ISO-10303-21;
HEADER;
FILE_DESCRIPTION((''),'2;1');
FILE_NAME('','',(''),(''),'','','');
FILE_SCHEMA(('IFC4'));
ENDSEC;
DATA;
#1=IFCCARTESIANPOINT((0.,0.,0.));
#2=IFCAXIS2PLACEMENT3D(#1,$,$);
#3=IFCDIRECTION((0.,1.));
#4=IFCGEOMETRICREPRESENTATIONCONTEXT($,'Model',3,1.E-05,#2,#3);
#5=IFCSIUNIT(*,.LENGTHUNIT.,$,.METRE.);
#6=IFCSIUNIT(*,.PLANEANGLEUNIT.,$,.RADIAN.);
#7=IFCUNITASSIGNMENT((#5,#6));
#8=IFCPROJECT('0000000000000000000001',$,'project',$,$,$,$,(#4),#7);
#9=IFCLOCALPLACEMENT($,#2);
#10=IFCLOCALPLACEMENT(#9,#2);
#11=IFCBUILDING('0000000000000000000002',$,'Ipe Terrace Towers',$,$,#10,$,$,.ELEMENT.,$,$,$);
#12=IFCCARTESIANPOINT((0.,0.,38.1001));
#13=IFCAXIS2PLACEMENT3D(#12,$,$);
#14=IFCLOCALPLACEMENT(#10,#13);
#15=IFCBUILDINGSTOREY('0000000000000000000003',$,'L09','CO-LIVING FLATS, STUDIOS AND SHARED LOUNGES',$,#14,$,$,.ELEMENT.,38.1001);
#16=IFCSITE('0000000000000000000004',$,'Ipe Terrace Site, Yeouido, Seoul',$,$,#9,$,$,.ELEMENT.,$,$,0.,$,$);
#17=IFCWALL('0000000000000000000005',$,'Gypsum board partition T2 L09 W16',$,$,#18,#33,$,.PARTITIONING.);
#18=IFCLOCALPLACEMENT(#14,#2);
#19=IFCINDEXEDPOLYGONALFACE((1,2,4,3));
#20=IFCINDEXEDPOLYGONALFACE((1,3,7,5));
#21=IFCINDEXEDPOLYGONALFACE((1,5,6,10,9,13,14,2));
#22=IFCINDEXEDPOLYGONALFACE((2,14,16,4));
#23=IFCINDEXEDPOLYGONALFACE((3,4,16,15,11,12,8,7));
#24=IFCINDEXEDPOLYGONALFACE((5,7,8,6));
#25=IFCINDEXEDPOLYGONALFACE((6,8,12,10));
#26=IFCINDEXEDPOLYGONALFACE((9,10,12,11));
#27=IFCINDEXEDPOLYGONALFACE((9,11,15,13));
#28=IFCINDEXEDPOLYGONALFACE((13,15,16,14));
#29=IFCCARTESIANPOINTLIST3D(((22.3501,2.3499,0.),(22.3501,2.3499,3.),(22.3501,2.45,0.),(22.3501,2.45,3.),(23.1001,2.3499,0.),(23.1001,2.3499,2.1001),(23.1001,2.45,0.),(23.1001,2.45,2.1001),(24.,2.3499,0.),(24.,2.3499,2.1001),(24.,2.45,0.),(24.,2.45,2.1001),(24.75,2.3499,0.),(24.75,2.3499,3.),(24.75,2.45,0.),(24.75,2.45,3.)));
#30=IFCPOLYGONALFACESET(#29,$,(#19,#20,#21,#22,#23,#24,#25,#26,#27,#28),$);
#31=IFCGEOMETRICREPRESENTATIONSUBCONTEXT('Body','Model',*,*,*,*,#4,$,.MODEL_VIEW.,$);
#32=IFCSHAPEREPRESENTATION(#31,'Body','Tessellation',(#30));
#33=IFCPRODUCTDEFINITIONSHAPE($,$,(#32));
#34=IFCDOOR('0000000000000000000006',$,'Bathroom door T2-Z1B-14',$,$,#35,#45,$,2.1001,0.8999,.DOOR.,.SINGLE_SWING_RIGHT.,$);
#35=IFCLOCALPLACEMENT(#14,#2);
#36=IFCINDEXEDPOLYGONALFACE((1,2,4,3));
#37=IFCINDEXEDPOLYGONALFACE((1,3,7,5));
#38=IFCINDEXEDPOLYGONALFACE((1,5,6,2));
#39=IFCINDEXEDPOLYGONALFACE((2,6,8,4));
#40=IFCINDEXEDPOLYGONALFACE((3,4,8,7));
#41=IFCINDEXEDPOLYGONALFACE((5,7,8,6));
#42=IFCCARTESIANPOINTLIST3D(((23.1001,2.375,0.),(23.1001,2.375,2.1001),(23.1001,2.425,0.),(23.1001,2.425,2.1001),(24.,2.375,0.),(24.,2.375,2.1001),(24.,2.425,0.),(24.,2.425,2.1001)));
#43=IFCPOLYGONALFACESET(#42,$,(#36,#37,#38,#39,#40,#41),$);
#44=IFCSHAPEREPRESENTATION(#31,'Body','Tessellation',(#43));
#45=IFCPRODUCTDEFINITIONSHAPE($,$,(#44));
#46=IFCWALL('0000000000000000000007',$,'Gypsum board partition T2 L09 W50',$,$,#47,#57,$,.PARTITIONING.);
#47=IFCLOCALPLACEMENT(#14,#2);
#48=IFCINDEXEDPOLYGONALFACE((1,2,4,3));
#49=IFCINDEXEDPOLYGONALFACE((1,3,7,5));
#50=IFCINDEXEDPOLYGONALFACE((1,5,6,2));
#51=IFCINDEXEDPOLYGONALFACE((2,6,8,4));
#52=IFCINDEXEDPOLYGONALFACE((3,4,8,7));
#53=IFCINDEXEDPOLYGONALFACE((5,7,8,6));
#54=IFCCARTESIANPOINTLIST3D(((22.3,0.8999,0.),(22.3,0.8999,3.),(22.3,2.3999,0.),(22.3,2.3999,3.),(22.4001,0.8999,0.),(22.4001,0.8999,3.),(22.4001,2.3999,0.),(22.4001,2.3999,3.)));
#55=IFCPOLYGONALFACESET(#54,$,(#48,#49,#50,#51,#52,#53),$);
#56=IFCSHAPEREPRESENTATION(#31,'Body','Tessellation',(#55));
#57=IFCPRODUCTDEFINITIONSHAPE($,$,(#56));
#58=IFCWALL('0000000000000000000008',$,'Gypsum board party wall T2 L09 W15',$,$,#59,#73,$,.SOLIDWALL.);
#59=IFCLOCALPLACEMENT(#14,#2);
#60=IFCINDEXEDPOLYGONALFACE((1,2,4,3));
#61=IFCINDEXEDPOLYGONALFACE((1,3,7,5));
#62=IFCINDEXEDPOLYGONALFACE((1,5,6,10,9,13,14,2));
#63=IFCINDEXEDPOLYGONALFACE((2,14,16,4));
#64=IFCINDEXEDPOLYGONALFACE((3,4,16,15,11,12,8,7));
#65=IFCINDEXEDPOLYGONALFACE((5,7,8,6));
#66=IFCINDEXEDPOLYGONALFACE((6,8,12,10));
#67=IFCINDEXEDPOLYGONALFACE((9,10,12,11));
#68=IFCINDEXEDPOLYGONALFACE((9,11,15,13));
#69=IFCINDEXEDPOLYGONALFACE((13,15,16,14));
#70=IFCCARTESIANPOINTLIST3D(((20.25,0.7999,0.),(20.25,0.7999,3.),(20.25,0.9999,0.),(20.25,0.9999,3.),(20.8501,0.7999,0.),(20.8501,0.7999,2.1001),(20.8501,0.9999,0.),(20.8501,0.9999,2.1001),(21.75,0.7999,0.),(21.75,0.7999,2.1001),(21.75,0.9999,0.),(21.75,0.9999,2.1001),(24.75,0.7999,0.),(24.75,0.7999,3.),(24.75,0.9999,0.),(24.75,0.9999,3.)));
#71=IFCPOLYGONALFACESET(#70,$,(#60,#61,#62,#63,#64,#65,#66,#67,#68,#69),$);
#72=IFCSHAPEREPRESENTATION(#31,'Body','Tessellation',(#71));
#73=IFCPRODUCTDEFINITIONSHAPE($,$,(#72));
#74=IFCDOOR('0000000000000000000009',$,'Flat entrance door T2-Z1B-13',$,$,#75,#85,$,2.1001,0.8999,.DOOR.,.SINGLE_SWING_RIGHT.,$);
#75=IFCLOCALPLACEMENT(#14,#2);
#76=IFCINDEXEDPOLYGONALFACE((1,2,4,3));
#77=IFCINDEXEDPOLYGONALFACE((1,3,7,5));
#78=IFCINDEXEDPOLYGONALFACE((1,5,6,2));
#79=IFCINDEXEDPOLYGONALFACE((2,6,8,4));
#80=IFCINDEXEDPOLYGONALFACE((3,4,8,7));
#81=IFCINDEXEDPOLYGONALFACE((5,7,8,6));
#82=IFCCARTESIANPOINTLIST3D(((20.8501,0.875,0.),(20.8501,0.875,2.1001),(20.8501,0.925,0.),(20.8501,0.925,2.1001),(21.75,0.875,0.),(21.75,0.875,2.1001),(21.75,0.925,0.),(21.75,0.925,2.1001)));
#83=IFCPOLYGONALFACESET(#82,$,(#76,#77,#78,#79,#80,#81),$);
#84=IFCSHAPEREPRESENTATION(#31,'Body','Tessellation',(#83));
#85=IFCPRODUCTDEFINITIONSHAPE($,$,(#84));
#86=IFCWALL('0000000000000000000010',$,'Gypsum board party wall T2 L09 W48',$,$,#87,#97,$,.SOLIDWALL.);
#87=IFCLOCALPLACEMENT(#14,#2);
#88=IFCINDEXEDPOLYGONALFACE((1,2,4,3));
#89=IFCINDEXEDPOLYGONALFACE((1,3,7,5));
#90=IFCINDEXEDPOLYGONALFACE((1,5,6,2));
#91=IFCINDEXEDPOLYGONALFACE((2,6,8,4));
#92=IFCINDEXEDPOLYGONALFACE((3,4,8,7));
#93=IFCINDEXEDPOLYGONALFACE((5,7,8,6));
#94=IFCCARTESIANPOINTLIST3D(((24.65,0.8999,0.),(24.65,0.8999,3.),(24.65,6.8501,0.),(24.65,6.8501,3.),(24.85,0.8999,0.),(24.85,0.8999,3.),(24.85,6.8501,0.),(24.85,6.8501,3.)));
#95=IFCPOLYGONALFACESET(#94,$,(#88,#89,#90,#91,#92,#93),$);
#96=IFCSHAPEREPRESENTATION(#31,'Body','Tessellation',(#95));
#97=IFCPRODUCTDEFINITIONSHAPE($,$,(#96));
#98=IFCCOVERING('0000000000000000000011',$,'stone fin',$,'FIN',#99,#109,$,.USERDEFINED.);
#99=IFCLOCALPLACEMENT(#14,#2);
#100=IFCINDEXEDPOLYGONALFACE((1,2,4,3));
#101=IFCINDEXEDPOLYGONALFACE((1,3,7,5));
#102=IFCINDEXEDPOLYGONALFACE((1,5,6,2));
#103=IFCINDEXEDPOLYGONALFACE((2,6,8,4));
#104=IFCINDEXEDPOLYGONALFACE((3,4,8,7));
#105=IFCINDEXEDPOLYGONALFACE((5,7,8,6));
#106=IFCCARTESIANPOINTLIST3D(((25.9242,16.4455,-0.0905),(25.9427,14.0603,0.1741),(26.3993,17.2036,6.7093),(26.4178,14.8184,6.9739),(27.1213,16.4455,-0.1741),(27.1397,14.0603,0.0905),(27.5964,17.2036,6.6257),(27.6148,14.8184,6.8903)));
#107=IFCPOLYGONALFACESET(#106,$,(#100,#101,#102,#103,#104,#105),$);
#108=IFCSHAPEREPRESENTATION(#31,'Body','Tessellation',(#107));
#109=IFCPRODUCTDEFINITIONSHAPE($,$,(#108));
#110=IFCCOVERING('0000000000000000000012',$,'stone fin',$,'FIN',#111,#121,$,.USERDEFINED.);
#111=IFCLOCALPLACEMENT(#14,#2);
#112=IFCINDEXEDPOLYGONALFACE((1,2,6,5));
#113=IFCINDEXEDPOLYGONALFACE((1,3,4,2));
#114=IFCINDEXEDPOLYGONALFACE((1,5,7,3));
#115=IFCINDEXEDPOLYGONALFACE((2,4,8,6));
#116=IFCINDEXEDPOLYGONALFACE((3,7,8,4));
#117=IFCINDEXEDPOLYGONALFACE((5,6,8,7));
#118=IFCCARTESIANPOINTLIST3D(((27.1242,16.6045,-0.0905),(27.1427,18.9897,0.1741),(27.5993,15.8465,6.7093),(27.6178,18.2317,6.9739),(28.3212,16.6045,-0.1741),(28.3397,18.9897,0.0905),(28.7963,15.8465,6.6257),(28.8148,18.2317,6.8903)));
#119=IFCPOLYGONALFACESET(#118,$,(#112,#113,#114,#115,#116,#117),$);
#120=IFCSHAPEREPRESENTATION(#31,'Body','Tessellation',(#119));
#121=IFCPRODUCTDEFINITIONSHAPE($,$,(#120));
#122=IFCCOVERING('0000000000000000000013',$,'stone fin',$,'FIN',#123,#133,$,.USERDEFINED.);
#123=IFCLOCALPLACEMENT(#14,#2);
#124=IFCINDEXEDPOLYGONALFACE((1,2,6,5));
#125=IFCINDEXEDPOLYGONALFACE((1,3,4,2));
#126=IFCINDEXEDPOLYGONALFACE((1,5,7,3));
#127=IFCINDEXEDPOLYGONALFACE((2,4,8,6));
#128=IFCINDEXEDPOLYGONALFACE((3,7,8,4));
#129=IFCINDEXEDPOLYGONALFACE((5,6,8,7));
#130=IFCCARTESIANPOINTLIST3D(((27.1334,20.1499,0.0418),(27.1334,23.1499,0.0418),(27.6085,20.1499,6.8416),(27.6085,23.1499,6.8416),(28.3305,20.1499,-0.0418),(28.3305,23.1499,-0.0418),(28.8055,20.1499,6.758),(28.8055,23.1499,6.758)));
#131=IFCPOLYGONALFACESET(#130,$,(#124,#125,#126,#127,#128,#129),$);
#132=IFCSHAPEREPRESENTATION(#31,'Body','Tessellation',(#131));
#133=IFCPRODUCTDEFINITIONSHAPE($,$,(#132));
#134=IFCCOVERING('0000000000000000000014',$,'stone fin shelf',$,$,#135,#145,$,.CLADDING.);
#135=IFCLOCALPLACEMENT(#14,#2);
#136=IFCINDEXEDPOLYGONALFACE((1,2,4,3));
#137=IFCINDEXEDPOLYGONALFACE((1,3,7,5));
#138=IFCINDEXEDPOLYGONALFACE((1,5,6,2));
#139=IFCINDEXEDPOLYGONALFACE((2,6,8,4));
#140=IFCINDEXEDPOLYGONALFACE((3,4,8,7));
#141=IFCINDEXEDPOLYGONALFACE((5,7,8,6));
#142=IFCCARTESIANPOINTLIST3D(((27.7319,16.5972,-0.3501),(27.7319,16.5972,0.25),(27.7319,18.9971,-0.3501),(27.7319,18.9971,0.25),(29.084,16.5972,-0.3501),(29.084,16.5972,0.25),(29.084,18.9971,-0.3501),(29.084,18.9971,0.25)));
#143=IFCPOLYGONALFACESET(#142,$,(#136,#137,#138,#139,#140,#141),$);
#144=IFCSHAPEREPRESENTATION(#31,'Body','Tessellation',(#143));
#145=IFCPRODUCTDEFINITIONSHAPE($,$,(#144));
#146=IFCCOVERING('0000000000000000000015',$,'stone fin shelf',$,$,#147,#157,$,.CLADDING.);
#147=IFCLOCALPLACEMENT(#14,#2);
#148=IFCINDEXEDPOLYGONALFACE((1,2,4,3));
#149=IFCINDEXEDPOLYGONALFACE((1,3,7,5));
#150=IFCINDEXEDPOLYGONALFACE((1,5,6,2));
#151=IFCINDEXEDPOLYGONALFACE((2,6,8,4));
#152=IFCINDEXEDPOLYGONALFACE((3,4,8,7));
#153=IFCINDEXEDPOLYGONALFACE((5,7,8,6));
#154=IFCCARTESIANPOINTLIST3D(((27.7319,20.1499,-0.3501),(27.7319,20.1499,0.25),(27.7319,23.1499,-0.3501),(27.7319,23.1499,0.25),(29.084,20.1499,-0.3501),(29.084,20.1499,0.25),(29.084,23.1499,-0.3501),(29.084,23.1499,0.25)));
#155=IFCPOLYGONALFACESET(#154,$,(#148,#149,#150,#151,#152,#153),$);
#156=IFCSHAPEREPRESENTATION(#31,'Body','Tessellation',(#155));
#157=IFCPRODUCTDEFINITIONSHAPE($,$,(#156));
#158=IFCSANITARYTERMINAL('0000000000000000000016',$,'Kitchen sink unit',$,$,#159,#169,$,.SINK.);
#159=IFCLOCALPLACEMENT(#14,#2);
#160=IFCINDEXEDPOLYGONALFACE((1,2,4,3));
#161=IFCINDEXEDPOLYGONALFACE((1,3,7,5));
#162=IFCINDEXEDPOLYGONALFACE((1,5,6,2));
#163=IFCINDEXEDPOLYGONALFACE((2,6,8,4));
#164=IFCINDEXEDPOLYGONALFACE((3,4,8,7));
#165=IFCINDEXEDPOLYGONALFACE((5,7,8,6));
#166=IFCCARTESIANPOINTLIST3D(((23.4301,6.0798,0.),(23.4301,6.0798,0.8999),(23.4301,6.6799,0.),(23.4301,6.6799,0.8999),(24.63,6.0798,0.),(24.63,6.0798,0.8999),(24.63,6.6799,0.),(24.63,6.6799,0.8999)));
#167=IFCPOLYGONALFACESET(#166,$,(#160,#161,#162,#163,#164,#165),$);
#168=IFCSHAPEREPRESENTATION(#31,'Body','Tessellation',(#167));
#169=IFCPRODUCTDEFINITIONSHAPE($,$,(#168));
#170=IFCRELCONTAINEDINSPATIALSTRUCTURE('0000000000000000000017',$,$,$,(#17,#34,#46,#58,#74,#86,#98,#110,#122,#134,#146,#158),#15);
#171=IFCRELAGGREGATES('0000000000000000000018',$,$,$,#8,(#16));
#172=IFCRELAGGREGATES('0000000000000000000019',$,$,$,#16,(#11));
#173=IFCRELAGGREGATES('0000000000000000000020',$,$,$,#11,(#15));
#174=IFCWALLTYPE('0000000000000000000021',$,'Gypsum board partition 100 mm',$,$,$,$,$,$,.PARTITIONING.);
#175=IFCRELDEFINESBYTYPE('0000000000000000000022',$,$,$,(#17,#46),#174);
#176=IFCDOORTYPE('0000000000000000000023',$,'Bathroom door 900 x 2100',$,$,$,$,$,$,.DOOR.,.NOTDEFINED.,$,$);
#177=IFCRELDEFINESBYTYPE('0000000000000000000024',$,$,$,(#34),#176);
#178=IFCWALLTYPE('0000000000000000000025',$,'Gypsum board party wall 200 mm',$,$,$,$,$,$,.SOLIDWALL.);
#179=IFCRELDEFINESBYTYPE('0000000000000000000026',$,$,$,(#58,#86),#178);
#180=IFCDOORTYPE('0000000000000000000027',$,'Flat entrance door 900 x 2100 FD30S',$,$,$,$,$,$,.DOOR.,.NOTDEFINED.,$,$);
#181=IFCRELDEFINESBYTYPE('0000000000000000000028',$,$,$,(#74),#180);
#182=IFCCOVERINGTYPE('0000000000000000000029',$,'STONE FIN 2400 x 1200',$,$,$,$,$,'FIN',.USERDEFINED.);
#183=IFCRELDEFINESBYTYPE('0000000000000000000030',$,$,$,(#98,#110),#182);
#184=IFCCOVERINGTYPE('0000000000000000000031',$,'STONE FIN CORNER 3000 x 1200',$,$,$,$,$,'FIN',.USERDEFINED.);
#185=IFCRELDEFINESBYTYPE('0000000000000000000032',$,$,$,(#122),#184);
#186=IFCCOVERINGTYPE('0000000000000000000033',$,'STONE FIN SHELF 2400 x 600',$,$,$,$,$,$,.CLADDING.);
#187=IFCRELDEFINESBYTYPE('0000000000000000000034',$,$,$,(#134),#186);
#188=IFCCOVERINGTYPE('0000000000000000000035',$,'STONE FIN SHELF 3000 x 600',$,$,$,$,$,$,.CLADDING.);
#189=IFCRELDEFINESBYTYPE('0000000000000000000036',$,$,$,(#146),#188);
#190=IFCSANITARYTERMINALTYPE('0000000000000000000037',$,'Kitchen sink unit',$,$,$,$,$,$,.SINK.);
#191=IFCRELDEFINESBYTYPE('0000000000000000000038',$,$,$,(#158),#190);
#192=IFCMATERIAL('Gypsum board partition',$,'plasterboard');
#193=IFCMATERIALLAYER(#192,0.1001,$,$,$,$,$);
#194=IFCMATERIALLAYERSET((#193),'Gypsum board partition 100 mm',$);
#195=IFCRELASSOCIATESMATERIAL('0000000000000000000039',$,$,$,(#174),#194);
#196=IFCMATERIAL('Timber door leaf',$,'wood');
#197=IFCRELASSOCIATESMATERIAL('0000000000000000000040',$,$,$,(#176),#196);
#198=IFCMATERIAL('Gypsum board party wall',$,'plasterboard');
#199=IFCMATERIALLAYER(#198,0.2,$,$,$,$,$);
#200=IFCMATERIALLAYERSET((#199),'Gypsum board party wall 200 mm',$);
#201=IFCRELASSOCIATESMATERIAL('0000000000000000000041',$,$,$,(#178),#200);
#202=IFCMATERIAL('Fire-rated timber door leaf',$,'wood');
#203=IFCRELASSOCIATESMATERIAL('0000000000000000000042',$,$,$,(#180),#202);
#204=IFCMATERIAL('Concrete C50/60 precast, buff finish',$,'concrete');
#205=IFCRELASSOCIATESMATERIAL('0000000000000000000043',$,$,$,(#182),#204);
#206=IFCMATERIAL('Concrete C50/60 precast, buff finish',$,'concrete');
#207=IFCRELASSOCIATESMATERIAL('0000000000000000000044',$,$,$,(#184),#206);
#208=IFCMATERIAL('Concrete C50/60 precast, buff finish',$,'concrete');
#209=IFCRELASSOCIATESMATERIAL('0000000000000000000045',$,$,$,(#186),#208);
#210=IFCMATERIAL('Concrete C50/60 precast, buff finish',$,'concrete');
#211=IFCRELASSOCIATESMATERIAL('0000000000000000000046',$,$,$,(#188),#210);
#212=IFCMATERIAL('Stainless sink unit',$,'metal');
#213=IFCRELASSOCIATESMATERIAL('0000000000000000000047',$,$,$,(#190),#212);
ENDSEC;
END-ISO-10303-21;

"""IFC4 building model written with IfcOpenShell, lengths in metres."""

from ifc_helpers import new_model, si_unit, direction, frame, frame_2d, origin, origin_2d, place, context, subcontext, project, spatial, rectangle, extrude, material, layer, layer_set, material_profile, profile_set, type_object, element, fill, save


model = new_model("IFC4")

# Units and contexts
model_context = context("Model", 3, precision=1e-05, world=origin(), true_north=direction((0.0, 1.0)))
body_context = subcontext(model_context, "Body", "Model", "MODEL_VIEW")
ifc_project = project(units=[si_unit("LENGTHUNIT", "METRE"), si_unit("PLANEANGLEUNIT", "RADIAN")], contexts=[model_context])

# Site, building, storey
site_placement = place(None, origin())
site = spatial("IfcSite", under=ifc_project, at=site_placement, Name="Ipe Terrace Site, Yeouido, Seoul", CompositionType="ELEMENT", RefElevation=0.0)
building_placement = place(site_placement, origin())
building = spatial("IfcBuilding", under=site, at=building_placement, Name="Ipe Terrace Towers", CompositionType="ELEMENT")
storey_placement = place(building_placement, frame((0.0, 0.0, 38.1001)))
storey = spatial("IfcBuildingStorey", under=building, at=storey_placement, Name="L09", Description="CO-LIVING FLATS, STUDIOS AND SHARED LOUNGES", CompositionType="ELEMENT", Elevation=38.1001)

# Wall, opening, door
ifc_material_1 = material(Name="Gypsum board partition", Category="plasterboard")
ifc_layer_1 = layer(ifc_material_1, 0.1001)
ifc_layer_set_1 = layer_set([ifc_layer_1], Name="Gypsum board partition 100 mm")
wall_type_1 = type_object("IfcWallType", Name="Gypsum board partition 100 mm", PredefinedType="PARTITIONING", material=ifc_layer_set_1)
wall_1_placement = place(storey_placement, frame((24.75, 2.3999, 0.0), z_axis=(0.0, 0.0, 1.0), x_axis=(-1.0, 0.0, 0.0)))
wall_1 = element("IfcWall", 1, at=wall_1_placement, inside=storey, type_object=wall_type_1, Name="Gypsum board partition T2 L09 W16", PredefinedType="PARTITIONING", context=body_context, shape_type="SweptSolid", body=[
    extrude(rectangle(XDim=2.3999, YDim=0.1001, at=frame_2d((1.2, 0.0))), origin(), (0.0, 0.0, 1.0), 3.0),
])
opening_1_placement = place(wall_1_placement, frame((0.75, 0.0, 0.0)))
opening_1 = element("IfcOpeningElement", 2, at=opening_1_placement, cuts=wall_1, PredefinedType="OPENING", context=body_context, shape_type="SweptSolid", body=[
    extrude(rectangle(XDim=0.8999, YDim=2.1001, at=frame_2d((0.45, 1.05))), frame((0.0, 0.0601, 0.0), z_axis=(0.0, -1.0, 0.0), x_axis=(1.0, 0.0, 0.0)), (0.0, 0.0, 1.0), 0.1201),
])
ifc_material_2 = material(Name="Timber door leaf", Category="wood")
door_type_1 = type_object("IfcDoorType", Name="Bathroom door 900 x 2100", OperationType="NOTDEFINED", PredefinedType="DOOR", material=ifc_material_2)
door_1_placement = place(opening_1_placement, origin())
door_1 = element("IfcDoor", 3, at=door_1_placement, inside=storey, type_object=door_type_1, Name="Bathroom door T2-Z1B-14", OperationType="SINGLE_SWING_RIGHT", OverallHeight=2.1001, OverallWidth=0.8999, PredefinedType="DOOR", context=body_context, shape_type="SweptSolid", body=[
    extrude(rectangle(XDim=0.8999, YDim=2.1001, at=frame_2d((0.45, 1.05))), frame((0.0, 0.0249, 0.0), z_axis=(0.0, -1.0, 0.0), x_axis=(1.0, 0.0, 0.0)), (0.0, 0.0, 1.0), 0.05),
])
fill(opening_1, door_1)

# Wall
wall_2_placement = place(storey_placement, frame((22.3501, 0.8999, 0.0), z_axis=(0.0, 0.0, 1.0), x_axis=(0.0, 1.0, 0.0)))
element("IfcWall", 4, at=wall_2_placement, inside=storey, type_object=wall_type_1, Name="Gypsum board partition T2 L09 W50", PredefinedType="PARTITIONING", context=body_context, shape_type="SweptSolid", body=[
    extrude(rectangle(XDim=1.5, YDim=0.1001, at=frame_2d((0.75, 0.0))), origin(), (0.0, 0.0, 1.0), 3.0),
])

# Wall, opening, door
ifc_material_3 = material(Name="Gypsum board party wall", Category="plasterboard")
ifc_layer_2 = layer(ifc_material_3, 0.2)
ifc_layer_set_2 = layer_set([ifc_layer_2], Name="Gypsum board party wall 200 mm")
wall_type_2 = type_object("IfcWallType", Name="Gypsum board party wall 200 mm", PredefinedType="SOLIDWALL", material=ifc_layer_set_2)
wall_3_placement = place(storey_placement, frame((24.75, 0.8999, 0.0), z_axis=(0.0, 0.0, 1.0), x_axis=(-1.0, 0.0, 0.0)))
wall_3 = element("IfcWall", 5, at=wall_3_placement, inside=storey, type_object=wall_type_2, Name="Gypsum board party wall T2 L09 W15", PredefinedType="SOLIDWALL", context=body_context, shape_type="SweptSolid", body=[
    extrude(rectangle(XDim=4.5, YDim=0.2, at=frame_2d((2.25, 0.0))), origin(), (0.0, 0.0, 1.0), 3.0),
])
opening_2_placement = place(wall_3_placement, frame((3.0, 0.0, 0.0)))
opening_2 = element("IfcOpeningElement", 6, at=opening_2_placement, cuts=wall_3, PredefinedType="OPENING", context=body_context, shape_type="SweptSolid", body=[
    extrude(rectangle(XDim=0.8999, YDim=2.1001, at=frame_2d((0.45, 1.05))), frame((0.0, 0.1099, 0.0), z_axis=(0.0, -1.0, 0.0), x_axis=(1.0, 0.0, 0.0)), (0.0, 0.0, 1.0), 0.22),
])
ifc_material_4 = material(Name="Fire-rated timber door leaf", Category="wood")
door_type_2 = type_object("IfcDoorType", Name="Flat entrance door 900 x 2100 FD30S", OperationType="NOTDEFINED", PredefinedType="DOOR", material=ifc_material_4)
door_2_placement = place(opening_2_placement, origin())
door_2 = element("IfcDoor", 7, at=door_2_placement, inside=storey, type_object=door_type_2, Name="Flat entrance door T2-Z1B-13", OperationType="SINGLE_SWING_RIGHT", OverallHeight=2.1001, OverallWidth=0.8999, PredefinedType="DOOR", context=body_context, shape_type="SweptSolid", body=[
    extrude(rectangle(XDim=0.8999, YDim=2.1001, at=frame_2d((0.45, 1.05))), frame((0.0, 0.0249, 0.0), z_axis=(0.0, -1.0, 0.0), x_axis=(1.0, 0.0, 0.0)), (0.0, 0.0, 1.0), 0.05),
])
fill(opening_2, door_2)

# Wall
wall_4_placement = place(storey_placement, frame((24.75, 0.8999, 0.0), z_axis=(0.0, 0.0, 1.0), x_axis=(0.0, 1.0, 0.0)))
element("IfcWall", 8, at=wall_4_placement, inside=storey, type_object=wall_type_2, Name="Gypsum board party wall T2 L09 W48", PredefinedType="SOLIDWALL", context=body_context, shape_type="SweptSolid", body=[
    extrude(rectangle(XDim=5.9502, YDim=0.2, at=frame_2d((2.9751, 0.0))), origin(), (0.0, 0.0, 1.0), 3.0),
])

# Coverings
ifc_material_5 = material(Name="Concrete C50/60 precast, buff finish", Category="concrete")
ifc_material_profile_1 = material_profile(ifc_material_5, rectangle(XDim=2.3999, YDim=1.2, at=origin_2d()), Name="STONE FIN 2400 x 1200")
ifc_profile_set_1 = profile_set([ifc_material_profile_1], Name="Concrete C50/60 precast, buff finish")
covering_type_1 = type_object("IfcCoveringType", Name="STONE FIN 2400 x 1200", ElementType="FIN", PredefinedType="USERDEFINED", material=ifc_profile_set_1)
for number, where, z_axis, x_axis, name in (
    (9, (26.532, 15.2529, 0.0), (0.069272, 0.11053, 0.991456), (0.007704, -0.993873, 0.110261), "stone fin"),
    (10, (27.7319, 17.7971, 0.0), (0.069272, -0.11053, 0.991456), (-0.007704, -0.993873, -0.110261), "stone fin"),
):
    element("IfcCovering", number, at=place(storey_placement, frame(where, z_axis=z_axis, x_axis=x_axis)), inside=storey, type_object=covering_type_1, Name=name, ObjectType="FIN", PredefinedType="USERDEFINED", context=body_context, shape_type="SweptSolid", body=[
        extrude(rectangle(XDim=2.3999, YDim=1.2, at=origin_2d()), origin(), (0.0, 0.0, 1.0), 6.8584),
    ])
ifc_material_6 = material(Name="Concrete C50/60 precast, buff finish", Category="concrete")
ifc_material_profile_2 = material_profile(ifc_material_6, rectangle(XDim=3.0, YDim=1.2, at=origin_2d()), Name="STONE FIN CORNER 3000 x 1200")
ifc_profile_set_2 = profile_set([ifc_material_profile_2], Name="Concrete C50/60 precast, buff finish")
covering_type_2 = type_object("IfcCoveringType", Name="STONE FIN CORNER 3000 x 1200", ElementType="FIN", PredefinedType="USERDEFINED", material=ifc_profile_set_2)
covering_1_placement = place(storey_placement, frame((27.7319, 21.6499, 0.0), z_axis=(0.069699, 0.0, 0.997568), x_axis=(0.0, -1.0, 0.0)))
element("IfcCovering", 11, at=covering_1_placement, inside=storey, type_object=covering_type_2, Name="stone fin", ObjectType="FIN", PredefinedType="USERDEFINED", context=body_context, shape_type="SweptSolid", body=[
    extrude(rectangle(XDim=3.0, YDim=1.2, at=origin_2d()), origin(), (0.0, 0.0, 1.0), 6.8164),
])
ifc_material_7 = material(Name="Concrete C50/60 precast, buff finish", Category="concrete")
covering_type_3 = type_object("IfcCoveringType", Name="STONE FIN SHELF 2400 x 600", PredefinedType="CLADDING", material=ifc_material_7)
covering_2_placement = place(storey_placement, frame((28.408, 17.7971, -0.3501), z_axis=(0.0, 0.0, 1.0), x_axis=(0.0, -1.0, 0.0)))
element("IfcCovering", 12, at=covering_2_placement, inside=storey, type_object=covering_type_3, Name="stone fin shelf", PredefinedType="CLADDING", context=body_context, shape_type="SweptSolid", body=[
    extrude(rectangle(XDim=2.3999, YDim=1.3521, at=origin_2d()), origin(), (0.0, 0.0, 1.0), 0.6001),
])
ifc_material_8 = material(Name="Concrete C50/60 precast, buff finish", Category="concrete")
covering_type_4 = type_object("IfcCoveringType", Name="STONE FIN SHELF 3000 x 600", PredefinedType="CLADDING", material=ifc_material_8)
covering_3_placement = place(storey_placement, frame((28.408, 21.6499, -0.3501), z_axis=(0.0, 0.0, 1.0), x_axis=(0.0, -1.0, 0.0)))
element("IfcCovering", 13, at=covering_3_placement, inside=storey, type_object=covering_type_4, Name="stone fin shelf", PredefinedType="CLADDING", context=body_context, shape_type="SweptSolid", body=[
    extrude(rectangle(XDim=3.0, YDim=1.3521, at=origin_2d()), origin(), (0.0, 0.0, 1.0), 0.6001),
])

# Sanitary terminal
ifc_material_9 = material(Name="Stainless sink unit", Category="metal")
sanitary_terminal_type_1 = type_object("IfcSanitaryTerminalType", Name="Kitchen sink unit", PredefinedType="SINK", material=ifc_material_9)
sanitary_terminal_1_placement = place(storey_placement, frame((24.03, 6.3799, 0.0), z_axis=(0.0, 0.0, 1.0), x_axis=(1.0, 0.0, 0.0)))
element("IfcSanitaryTerminal", 14, at=sanitary_terminal_1_placement, inside=storey, type_object=sanitary_terminal_type_1, Name="Kitchen sink unit", PredefinedType="SINK", context=body_context, shape_type="SweptSolid", body=[
    extrude(rectangle(XDim=1.2, YDim=0.6001, at=origin_2d()), origin(), (0.0, 0.0, 1.0), 0.8999),
])

save(model, "model.ifc")
